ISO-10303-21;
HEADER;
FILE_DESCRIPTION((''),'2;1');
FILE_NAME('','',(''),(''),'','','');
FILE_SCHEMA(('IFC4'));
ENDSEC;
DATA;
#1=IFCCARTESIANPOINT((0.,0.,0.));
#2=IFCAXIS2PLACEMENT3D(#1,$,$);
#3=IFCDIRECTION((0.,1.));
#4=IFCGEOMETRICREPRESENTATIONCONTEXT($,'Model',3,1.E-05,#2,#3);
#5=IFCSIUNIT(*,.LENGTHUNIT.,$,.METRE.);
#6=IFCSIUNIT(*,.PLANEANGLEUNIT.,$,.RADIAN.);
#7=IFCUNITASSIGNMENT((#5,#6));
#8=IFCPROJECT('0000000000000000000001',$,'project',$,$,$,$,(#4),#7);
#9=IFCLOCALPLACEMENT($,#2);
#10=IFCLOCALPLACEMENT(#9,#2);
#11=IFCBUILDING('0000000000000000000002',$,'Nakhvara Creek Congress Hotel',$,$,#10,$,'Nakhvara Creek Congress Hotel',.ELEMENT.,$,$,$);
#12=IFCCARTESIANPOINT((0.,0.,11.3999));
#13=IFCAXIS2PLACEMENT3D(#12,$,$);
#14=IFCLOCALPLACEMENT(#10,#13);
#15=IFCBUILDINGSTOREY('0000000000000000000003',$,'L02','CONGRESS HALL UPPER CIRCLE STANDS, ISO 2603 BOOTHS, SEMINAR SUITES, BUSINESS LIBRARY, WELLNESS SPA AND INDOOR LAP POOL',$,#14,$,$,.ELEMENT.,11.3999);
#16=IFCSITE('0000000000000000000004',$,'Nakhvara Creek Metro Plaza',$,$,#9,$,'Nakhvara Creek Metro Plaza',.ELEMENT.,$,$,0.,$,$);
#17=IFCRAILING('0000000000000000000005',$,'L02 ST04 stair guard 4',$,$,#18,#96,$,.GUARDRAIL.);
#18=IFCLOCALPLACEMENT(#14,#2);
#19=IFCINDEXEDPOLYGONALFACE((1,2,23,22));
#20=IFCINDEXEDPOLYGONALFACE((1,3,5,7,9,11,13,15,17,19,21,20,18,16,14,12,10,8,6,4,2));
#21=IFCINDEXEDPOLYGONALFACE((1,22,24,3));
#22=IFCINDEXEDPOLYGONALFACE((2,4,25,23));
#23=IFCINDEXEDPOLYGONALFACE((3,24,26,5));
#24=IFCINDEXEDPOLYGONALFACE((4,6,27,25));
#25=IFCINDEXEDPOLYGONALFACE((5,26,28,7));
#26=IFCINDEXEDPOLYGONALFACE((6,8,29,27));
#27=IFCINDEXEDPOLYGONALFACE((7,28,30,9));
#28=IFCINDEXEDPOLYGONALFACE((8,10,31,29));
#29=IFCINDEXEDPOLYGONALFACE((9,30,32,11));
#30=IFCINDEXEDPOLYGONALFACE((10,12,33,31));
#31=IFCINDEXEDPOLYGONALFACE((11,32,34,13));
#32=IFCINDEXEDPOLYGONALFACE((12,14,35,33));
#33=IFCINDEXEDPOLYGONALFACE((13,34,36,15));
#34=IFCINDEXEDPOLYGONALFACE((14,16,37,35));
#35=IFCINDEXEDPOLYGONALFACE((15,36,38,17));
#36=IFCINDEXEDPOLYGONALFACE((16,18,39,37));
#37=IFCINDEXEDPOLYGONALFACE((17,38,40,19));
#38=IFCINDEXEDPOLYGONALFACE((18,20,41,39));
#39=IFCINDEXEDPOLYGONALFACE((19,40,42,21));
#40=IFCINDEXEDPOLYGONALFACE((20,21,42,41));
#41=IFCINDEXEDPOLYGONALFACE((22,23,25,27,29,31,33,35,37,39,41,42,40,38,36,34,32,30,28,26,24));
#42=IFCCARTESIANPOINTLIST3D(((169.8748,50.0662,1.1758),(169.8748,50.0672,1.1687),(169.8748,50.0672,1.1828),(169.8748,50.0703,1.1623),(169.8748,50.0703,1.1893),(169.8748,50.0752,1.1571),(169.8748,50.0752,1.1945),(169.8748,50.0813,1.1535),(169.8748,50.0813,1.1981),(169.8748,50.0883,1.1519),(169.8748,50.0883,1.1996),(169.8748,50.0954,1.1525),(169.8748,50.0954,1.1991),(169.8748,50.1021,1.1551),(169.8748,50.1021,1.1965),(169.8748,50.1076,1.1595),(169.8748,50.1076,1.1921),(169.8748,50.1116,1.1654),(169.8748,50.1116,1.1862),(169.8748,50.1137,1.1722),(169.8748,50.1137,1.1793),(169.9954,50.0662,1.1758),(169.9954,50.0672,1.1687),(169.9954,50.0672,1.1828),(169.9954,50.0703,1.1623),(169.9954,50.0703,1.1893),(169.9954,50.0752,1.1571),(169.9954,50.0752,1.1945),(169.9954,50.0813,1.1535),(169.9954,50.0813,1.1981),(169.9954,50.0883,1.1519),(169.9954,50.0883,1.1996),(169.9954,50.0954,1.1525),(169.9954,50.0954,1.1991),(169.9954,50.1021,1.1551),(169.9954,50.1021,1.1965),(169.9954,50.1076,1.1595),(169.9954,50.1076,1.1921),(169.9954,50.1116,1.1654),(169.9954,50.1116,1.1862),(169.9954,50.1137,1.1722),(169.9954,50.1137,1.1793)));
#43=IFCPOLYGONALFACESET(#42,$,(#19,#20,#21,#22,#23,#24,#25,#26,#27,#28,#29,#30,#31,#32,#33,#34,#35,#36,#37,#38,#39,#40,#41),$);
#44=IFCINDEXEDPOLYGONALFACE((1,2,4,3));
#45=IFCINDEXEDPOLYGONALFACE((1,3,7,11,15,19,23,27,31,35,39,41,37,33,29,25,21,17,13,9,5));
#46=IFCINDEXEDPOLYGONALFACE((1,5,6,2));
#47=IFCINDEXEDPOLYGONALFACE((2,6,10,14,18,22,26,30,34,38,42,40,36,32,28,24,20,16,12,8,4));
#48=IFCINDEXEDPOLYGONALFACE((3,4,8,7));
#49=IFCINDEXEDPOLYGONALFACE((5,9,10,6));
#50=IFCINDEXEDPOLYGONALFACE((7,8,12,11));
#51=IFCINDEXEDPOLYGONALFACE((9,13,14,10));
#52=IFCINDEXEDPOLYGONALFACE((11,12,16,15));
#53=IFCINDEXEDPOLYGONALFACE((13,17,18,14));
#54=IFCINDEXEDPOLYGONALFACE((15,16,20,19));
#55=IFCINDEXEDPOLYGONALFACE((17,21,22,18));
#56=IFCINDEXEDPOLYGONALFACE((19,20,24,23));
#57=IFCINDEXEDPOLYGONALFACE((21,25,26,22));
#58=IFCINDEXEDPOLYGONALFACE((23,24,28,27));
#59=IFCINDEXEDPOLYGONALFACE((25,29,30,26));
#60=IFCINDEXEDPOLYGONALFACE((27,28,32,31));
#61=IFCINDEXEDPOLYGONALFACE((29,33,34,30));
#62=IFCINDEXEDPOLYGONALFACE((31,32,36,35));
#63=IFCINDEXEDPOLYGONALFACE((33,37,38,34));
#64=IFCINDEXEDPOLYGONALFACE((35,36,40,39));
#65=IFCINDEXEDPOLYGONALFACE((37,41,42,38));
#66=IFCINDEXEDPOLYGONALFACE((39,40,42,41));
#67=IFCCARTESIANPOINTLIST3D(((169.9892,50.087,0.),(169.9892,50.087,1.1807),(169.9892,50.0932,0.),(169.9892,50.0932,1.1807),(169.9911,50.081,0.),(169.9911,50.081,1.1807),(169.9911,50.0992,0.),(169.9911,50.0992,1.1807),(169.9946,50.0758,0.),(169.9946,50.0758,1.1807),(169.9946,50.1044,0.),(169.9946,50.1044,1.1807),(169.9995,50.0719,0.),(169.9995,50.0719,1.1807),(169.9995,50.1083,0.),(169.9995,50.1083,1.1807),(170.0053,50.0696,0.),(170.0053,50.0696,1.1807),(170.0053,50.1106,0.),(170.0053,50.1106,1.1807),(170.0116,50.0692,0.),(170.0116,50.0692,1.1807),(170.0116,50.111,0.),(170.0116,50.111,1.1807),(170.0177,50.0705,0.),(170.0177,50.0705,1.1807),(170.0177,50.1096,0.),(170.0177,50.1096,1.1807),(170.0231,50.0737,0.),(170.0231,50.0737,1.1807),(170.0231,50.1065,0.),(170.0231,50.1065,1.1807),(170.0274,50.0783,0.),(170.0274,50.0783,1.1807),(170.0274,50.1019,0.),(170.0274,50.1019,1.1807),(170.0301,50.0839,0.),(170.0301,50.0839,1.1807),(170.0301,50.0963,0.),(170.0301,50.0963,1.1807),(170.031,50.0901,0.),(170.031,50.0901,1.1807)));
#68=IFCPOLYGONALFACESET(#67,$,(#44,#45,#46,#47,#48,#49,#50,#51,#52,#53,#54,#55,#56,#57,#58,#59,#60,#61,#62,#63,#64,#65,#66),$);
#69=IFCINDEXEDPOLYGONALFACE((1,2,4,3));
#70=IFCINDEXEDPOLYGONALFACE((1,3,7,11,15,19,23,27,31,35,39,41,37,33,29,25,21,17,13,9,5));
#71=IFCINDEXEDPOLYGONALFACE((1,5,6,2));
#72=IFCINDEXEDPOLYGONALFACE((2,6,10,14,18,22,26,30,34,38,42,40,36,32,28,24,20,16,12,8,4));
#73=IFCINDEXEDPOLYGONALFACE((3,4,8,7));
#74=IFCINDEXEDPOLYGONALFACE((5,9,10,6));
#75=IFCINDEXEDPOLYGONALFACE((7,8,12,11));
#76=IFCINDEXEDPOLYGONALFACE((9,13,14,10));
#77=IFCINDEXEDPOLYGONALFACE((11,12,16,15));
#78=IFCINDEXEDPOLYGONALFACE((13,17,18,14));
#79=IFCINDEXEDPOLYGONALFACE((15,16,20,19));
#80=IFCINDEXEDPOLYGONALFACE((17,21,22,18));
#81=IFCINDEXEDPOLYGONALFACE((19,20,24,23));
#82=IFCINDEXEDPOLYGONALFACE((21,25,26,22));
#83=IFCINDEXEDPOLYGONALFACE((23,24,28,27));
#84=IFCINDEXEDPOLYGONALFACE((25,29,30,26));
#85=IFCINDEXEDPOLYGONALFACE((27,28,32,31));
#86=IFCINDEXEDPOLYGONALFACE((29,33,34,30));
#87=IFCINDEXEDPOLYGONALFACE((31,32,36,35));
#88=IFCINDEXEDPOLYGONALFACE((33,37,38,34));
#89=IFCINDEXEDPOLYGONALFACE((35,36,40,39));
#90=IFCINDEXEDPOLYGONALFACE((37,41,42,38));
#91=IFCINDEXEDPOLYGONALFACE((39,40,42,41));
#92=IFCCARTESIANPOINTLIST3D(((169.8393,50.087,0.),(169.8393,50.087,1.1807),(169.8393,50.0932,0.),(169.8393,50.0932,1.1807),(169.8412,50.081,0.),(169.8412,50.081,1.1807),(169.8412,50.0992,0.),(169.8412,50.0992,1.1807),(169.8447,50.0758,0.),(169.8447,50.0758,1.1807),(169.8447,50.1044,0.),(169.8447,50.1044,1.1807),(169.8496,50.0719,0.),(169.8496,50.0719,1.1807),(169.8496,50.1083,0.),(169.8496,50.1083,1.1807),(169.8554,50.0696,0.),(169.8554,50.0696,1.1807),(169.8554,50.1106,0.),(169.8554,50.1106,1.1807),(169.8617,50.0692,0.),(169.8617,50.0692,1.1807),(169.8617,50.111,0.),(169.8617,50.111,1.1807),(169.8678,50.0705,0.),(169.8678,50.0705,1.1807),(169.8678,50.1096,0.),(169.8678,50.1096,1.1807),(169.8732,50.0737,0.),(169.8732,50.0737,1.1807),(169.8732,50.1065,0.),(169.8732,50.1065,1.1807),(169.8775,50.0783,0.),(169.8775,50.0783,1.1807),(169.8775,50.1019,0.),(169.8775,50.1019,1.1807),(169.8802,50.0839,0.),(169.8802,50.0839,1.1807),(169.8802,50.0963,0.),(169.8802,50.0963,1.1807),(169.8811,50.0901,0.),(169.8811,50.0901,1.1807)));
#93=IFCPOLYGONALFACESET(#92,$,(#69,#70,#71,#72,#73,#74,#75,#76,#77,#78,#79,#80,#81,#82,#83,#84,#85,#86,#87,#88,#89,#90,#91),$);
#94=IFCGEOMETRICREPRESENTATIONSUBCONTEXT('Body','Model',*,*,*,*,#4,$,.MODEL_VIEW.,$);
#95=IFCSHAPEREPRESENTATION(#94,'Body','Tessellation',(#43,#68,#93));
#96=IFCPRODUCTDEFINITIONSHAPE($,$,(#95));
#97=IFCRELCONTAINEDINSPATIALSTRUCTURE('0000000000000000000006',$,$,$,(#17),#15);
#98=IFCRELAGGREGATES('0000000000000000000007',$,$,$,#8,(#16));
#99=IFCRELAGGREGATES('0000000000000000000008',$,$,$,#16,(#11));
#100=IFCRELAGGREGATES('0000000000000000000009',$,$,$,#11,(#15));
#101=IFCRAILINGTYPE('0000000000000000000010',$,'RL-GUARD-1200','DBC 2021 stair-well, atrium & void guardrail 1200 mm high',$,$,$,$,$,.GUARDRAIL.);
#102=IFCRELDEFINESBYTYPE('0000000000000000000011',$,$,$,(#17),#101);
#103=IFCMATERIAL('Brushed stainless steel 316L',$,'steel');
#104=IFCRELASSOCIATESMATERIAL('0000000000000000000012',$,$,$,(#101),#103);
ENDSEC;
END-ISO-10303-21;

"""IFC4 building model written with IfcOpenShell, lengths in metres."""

from ifc_helpers import new_model, si_unit, direction, frame, origin, origin_2d, place, context, subcontext, project, spatial, circle, extrude, material, type_object, element, save


model = new_model("IFC4")

# Units and contexts
model_context = context("Model", 3, precision=1e-05, world=origin(), true_north=direction((0.0, 1.0)))
body_context = subcontext(model_context, "Body", "Model", "MODEL_VIEW")
ifc_project = project(units=[si_unit("LENGTHUNIT", "METRE"), si_unit("PLANEANGLEUNIT", "RADIAN")], contexts=[model_context])

# Site, building, storey
site_placement = place(None, origin())
site = spatial("IfcSite", under=ifc_project, at=site_placement, Name="Nakhvara Creek Metro Plaza", LongName="Nakhvara Creek Metro Plaza", CompositionType="ELEMENT", RefElevation=0.0)
building_placement = place(site_placement, origin())
building = spatial("IfcBuilding", under=site, at=building_placement, Name="Nakhvara Creek Congress Hotel", LongName="Nakhvara Creek Congress Hotel", CompositionType="ELEMENT")
storey_placement = place(building_placement, frame((0.0, 0.0, 11.3999)))
storey = spatial("IfcBuildingStorey", under=building, at=storey_placement, Name="L02", Description="CONGRESS HALL UPPER CIRCLE STANDS, ISO 2603 BOOTHS, SEMINAR SUITES, BUSINESS LIBRARY, WELLNESS SPA AND INDOOR LAP POOL", CompositionType="ELEMENT", Elevation=11.3999)

# Railing
ifc_material_1 = material(Name="Brushed stainless steel 316L", Category="steel")
railing_type_1 = type_object("IfcRailingType", Name="RL-GUARD-1200", Description="DBC 2021 stair-well, atrium & void guardrail 1200 mm high", PredefinedType="GUARDRAIL", material=ifc_material_1)
railing_1_placement = place(storey_placement, frame((170.01, 50.0901, 0.0)))
element("IfcRailing", 1, at=railing_1_placement, inside=storey, type_object=railing_type_1, Name="L02 ST04 stair guard 4", PredefinedType="GUARDRAIL", context=body_context, shape_type="SweptSolid", body=[
    extrude(circle(Radius=0.0239, at=origin_2d()), frame((-0.0146, 0.0, 1.1758), z_axis=(-1.0, 0.0, 0.0), x_axis=(0.0, -1.0, 0.0)), (0.0, 0.0, 1.0), 0.1206),
    extrude(circle(Radius=0.021, at=origin_2d()), origin(), (0.0, 0.0, 1.0), 1.1807),
    extrude(circle(Radius=0.021, at=origin_2d()), frame((-0.1499, 0.0, 0.0)), (0.0, 0.0, 1.0), 1.1807),
])

save(model, "model.ifc")
